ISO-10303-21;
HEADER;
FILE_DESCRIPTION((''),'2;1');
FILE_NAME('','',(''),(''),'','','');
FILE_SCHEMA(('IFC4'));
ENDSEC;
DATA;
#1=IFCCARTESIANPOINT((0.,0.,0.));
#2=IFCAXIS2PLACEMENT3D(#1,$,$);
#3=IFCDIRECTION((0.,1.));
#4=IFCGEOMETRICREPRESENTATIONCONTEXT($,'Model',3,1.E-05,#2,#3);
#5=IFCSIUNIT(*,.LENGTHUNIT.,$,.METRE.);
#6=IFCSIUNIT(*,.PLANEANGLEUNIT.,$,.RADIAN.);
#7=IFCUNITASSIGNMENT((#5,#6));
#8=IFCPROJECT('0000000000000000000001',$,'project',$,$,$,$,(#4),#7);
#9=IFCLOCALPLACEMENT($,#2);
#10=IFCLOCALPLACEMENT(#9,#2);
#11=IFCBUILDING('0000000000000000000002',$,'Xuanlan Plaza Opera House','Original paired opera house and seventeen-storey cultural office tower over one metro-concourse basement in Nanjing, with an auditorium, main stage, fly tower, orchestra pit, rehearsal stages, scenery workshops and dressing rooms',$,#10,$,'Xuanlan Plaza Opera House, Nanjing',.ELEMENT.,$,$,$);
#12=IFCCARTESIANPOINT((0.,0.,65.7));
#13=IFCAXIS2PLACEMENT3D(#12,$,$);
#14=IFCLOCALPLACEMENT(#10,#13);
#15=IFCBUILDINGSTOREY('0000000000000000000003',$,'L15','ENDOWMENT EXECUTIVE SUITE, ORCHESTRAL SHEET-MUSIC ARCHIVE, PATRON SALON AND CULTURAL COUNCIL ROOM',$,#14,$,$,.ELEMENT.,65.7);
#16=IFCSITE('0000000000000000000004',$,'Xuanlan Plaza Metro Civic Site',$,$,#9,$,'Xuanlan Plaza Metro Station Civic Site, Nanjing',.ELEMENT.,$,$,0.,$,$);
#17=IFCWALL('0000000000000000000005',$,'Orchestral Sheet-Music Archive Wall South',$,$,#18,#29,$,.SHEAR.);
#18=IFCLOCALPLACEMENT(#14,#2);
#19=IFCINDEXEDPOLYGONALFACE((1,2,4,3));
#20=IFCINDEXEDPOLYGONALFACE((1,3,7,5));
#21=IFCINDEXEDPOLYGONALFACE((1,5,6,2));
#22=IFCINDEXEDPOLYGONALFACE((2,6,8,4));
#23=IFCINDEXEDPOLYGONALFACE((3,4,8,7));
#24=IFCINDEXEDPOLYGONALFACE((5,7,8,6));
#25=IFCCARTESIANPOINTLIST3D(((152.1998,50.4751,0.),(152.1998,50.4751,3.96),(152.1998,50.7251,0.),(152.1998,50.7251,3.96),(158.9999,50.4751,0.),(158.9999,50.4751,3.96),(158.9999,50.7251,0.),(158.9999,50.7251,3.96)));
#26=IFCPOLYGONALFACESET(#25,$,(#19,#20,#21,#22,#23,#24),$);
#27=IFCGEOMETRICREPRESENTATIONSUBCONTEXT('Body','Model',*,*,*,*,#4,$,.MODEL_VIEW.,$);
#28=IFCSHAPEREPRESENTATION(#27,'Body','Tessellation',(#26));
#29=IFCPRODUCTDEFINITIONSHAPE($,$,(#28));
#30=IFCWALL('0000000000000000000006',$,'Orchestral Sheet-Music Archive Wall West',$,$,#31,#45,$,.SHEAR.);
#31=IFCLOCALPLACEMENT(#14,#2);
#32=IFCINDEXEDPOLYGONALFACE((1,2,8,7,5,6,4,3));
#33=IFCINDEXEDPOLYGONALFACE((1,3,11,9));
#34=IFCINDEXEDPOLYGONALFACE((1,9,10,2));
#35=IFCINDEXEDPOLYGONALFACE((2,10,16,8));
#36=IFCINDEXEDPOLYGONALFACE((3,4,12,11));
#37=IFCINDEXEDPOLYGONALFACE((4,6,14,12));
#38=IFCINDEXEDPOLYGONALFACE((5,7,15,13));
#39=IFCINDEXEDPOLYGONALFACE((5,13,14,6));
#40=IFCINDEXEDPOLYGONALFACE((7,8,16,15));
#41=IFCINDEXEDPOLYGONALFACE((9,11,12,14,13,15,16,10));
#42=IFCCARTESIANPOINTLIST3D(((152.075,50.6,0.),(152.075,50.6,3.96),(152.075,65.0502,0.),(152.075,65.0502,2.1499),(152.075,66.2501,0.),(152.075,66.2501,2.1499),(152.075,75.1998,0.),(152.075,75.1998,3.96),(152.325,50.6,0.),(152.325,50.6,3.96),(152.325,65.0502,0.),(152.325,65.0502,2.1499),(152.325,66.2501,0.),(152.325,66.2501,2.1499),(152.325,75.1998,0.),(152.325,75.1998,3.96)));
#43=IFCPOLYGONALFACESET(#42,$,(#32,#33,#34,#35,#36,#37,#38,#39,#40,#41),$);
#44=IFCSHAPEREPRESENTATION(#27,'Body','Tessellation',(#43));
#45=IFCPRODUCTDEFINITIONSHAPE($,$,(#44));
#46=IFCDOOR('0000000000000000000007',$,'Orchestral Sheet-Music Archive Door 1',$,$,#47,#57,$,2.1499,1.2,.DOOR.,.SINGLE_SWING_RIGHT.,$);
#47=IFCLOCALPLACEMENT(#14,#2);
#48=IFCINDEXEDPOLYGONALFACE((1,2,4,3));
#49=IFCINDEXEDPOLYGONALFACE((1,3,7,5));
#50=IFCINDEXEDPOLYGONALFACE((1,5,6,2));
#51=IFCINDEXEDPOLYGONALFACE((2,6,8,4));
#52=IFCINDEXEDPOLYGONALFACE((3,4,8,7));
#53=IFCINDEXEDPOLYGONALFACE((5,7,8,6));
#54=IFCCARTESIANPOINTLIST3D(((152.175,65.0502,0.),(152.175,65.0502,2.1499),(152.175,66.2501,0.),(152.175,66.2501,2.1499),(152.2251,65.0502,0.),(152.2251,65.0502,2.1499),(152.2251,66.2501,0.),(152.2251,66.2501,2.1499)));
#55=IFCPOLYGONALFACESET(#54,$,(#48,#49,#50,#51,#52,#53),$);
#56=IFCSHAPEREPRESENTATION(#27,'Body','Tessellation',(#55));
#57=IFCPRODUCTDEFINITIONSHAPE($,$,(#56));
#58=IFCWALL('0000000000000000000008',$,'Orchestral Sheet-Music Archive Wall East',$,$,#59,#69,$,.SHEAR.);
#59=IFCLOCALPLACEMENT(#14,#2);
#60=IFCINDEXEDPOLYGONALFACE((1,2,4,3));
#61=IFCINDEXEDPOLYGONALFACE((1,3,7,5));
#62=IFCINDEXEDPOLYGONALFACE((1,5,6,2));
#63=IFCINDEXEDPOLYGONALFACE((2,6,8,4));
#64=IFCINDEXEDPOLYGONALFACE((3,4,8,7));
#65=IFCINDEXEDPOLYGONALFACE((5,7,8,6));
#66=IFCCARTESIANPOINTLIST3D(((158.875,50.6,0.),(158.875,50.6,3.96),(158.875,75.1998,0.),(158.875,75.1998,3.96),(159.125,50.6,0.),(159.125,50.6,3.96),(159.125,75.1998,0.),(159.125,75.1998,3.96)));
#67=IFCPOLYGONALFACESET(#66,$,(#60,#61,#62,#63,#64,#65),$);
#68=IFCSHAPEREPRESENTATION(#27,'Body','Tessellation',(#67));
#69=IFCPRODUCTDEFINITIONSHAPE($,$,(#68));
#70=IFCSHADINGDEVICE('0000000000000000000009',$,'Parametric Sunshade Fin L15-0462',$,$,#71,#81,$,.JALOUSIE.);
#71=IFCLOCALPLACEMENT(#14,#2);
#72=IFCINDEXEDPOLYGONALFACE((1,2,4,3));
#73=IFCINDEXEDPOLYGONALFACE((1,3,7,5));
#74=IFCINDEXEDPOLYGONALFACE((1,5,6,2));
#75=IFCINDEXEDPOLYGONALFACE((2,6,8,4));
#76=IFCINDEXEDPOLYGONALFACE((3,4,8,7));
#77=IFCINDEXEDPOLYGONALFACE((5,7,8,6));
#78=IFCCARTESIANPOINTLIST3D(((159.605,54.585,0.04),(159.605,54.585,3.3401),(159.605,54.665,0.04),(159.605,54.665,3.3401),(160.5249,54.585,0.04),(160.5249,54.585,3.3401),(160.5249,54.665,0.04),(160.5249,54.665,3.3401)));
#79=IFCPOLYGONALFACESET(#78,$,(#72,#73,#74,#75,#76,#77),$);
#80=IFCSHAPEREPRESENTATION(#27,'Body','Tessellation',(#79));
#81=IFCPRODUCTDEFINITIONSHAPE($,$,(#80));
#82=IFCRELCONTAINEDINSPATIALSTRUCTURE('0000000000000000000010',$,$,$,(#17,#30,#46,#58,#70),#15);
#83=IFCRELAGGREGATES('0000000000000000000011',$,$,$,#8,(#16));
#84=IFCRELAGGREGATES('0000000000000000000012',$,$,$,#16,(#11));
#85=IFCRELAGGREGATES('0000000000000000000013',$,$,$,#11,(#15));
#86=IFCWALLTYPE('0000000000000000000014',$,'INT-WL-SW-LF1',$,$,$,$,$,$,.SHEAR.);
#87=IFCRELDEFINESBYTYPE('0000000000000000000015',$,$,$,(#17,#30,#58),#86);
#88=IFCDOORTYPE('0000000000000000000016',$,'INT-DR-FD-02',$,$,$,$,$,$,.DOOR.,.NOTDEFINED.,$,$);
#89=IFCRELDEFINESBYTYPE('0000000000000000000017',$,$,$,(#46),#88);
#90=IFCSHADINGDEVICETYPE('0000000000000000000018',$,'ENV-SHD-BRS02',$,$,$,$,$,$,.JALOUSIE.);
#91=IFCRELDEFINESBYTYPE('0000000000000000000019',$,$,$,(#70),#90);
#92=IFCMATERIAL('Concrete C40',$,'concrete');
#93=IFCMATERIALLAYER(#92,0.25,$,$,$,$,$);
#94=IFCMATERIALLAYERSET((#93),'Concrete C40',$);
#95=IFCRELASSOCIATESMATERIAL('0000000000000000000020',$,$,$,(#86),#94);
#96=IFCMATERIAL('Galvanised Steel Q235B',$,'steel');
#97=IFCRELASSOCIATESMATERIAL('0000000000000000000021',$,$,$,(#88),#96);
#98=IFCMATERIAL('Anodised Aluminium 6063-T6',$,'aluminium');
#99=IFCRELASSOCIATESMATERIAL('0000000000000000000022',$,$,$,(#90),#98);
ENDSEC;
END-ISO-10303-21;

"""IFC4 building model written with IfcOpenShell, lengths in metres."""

from ifc_helpers import new_model, si_unit, direction, frame, frame_2d, origin, origin_2d, place, context, subcontext, project, spatial, rectangle, extrude, material, layer, layer_set, type_object, element, fill, save


model = new_model("IFC4")

# Units and contexts
model_context = context("Model", 3, precision=1e-05, world=origin(), true_north=direction((0.0, 1.0)))
body_context = subcontext(model_context, "Body", "Model", "MODEL_VIEW")
ifc_project = project(units=[si_unit("LENGTHUNIT", "METRE"), si_unit("PLANEANGLEUNIT", "RADIAN")], contexts=[model_context])

# Site, building, storey
site_placement = place(None, origin())
site = spatial("IfcSite", under=ifc_project, at=site_placement, Name="Xuanlan Plaza Metro Civic Site", LongName="Xuanlan Plaza Metro Station Civic Site, Nanjing", CompositionType="ELEMENT", RefElevation=0.0)
building_placement = place(site_placement, origin())
building = spatial("IfcBuilding", under=site, at=building_placement, Name="Xuanlan Plaza Opera House", Description="Original paired opera house and seventeen-storey cultural office tower over one metro-concourse basement in Nanjing, with an auditorium, main stage, fly tower, orchestra pit, rehearsal stages, scenery workshops and dressing rooms", LongName="Xuanlan Plaza Opera House, Nanjing", CompositionType="ELEMENT")
storey_placement = place(building_placement, frame((0.0, 0.0, 65.7)))
storey = spatial("IfcBuildingStorey", under=building, at=storey_placement, Name="L15", Description="ENDOWMENT EXECUTIVE SUITE, ORCHESTRAL SHEET-MUSIC ARCHIVE, PATRON SALON AND CULTURAL COUNCIL ROOM", CompositionType="ELEMENT", Elevation=65.7)

# Shared definitions
ifc_material_1 = material(Name="Anodised Aluminium 6063-T6", Category="aluminium")

# Shared definitions
ifc_material_2 = material(Name="Concrete C40", Category="concrete")

# Wall
ifc_layer_1 = layer(ifc_material_2, 0.25)
ifc_layer_set_1 = layer_set([ifc_layer_1], Name="Concrete C40")
wall_type = type_object("IfcWallType", Name="INT-WL-SW-LF1", PredefinedType="SHEAR", material=ifc_layer_set_1)
wall_1_placement = place(storey_placement, frame((152.2, 50.6001, 0.0), z_axis=(0.0, 0.0, 1.0), x_axis=(1.0, 0.0, 0.0)))
element("IfcWall", 1, at=wall_1_placement, inside=storey, type_object=wall_type, Name="Orchestral Sheet-Music Archive Wall South", PredefinedType="SHEAR", context=body_context, shape_type="SweptSolid", body=[
    extrude(rectangle(XDim=6.8, YDim=0.25, at=frame_2d((3.3999, 0.0))), origin(), (0.0, 0.0, 1.0), 3.96),
])

# Wall, opening, door
wall_2_placement = place(storey_placement, frame((152.2, 50.6001, 0.0), z_axis=(0.0, 0.0, 1.0), x_axis=(0.0, 1.0, 0.0)))
wall_2 = element("IfcWall", 2, at=wall_2_placement, inside=storey, type_object=wall_type, Name="Orchestral Sheet-Music Archive Wall West", PredefinedType="SHEAR", context=body_context, shape_type="SweptSolid", body=[
    extrude(rectangle(XDim=24.5999, YDim=0.25, at=frame_2d((12.2998, 0.0))), origin(), (0.0, 0.0, 1.0), 3.96),
])
opening_placement = place(wall_2_placement, frame((14.45, 0.0, 0.0)))
opening = element("IfcOpeningElement", 3, at=opening_placement, cuts=wall_2, PredefinedType="OPENING", context=body_context, shape_type="SweptSolid", body=[
    extrude(rectangle(XDim=1.2, YDim=2.1499, at=frame_2d((0.6001, 1.075))), frame((0.0, 0.135, 0.0), z_axis=(0.0, -1.0, 0.0), x_axis=(1.0, 0.0, 0.0)), (0.0, 0.0, 1.0), 0.27),
])
ifc_material_3 = material(Name="Galvanised Steel Q235B", Category="steel")
door_type = type_object("IfcDoorType", Name="INT-DR-FD-02", OperationType="NOTDEFINED", PredefinedType="DOOR", material=ifc_material_3)
door_placement = place(opening_placement, origin())
door = element("IfcDoor", 4, at=door_placement, inside=storey, type_object=door_type, Name="Orchestral Sheet-Music Archive Door 1", OperationType="SINGLE_SWING_RIGHT", OverallHeight=2.1499, OverallWidth=1.2, PredefinedType="DOOR", context=body_context, shape_type="SweptSolid", body=[
    extrude(rectangle(XDim=1.2, YDim=2.1499, at=frame_2d((0.6001, 1.075))), frame((0.0, 0.0249, 0.0), z_axis=(0.0, -1.0, 0.0), x_axis=(1.0, 0.0, 0.0)), (0.0, 0.0, 1.0), 0.05),
])
fill(opening, door)

# Wall
wall_3_placement = place(storey_placement, frame((159.0, 50.6001, 0.0), z_axis=(0.0, 0.0, 1.0), x_axis=(0.0, 1.0, 0.0)))
element("IfcWall", 5, at=wall_3_placement, inside=storey, type_object=wall_type, Name="Orchestral Sheet-Music Archive Wall East", PredefinedType="SHEAR", context=body_context, shape_type="SweptSolid", body=[
    extrude(rectangle(XDim=24.5999, YDim=0.25, at=frame_2d((12.2998, 0.0))), origin(), (0.0, 0.0, 1.0), 3.96),
])

# Shading device
shading_device_type = type_object("IfcShadingDeviceType", Name="ENV-SHD-BRS02", PredefinedType="JALOUSIE", material=ifc_material_1)
shading_device_placement = place(storey_placement, frame((160.0649, 54.625, 0.04), z_axis=(0.0, 0.0, 1.0), x_axis=(1.0, 0.0, 0.0)))
element("IfcShadingDevice", 6, at=shading_device_placement, inside=storey, type_object=shading_device_type, Name="Parametric Sunshade Fin L15-0462", PredefinedType="JALOUSIE", context=body_context, shape_type="SweptSolid", body=[
    extrude(rectangle(XDim=0.9199, YDim=0.0801, at=origin_2d()), origin(), (0.0, 0.0, 1.0), 3.3),
])

save(model, "model.ifc")
